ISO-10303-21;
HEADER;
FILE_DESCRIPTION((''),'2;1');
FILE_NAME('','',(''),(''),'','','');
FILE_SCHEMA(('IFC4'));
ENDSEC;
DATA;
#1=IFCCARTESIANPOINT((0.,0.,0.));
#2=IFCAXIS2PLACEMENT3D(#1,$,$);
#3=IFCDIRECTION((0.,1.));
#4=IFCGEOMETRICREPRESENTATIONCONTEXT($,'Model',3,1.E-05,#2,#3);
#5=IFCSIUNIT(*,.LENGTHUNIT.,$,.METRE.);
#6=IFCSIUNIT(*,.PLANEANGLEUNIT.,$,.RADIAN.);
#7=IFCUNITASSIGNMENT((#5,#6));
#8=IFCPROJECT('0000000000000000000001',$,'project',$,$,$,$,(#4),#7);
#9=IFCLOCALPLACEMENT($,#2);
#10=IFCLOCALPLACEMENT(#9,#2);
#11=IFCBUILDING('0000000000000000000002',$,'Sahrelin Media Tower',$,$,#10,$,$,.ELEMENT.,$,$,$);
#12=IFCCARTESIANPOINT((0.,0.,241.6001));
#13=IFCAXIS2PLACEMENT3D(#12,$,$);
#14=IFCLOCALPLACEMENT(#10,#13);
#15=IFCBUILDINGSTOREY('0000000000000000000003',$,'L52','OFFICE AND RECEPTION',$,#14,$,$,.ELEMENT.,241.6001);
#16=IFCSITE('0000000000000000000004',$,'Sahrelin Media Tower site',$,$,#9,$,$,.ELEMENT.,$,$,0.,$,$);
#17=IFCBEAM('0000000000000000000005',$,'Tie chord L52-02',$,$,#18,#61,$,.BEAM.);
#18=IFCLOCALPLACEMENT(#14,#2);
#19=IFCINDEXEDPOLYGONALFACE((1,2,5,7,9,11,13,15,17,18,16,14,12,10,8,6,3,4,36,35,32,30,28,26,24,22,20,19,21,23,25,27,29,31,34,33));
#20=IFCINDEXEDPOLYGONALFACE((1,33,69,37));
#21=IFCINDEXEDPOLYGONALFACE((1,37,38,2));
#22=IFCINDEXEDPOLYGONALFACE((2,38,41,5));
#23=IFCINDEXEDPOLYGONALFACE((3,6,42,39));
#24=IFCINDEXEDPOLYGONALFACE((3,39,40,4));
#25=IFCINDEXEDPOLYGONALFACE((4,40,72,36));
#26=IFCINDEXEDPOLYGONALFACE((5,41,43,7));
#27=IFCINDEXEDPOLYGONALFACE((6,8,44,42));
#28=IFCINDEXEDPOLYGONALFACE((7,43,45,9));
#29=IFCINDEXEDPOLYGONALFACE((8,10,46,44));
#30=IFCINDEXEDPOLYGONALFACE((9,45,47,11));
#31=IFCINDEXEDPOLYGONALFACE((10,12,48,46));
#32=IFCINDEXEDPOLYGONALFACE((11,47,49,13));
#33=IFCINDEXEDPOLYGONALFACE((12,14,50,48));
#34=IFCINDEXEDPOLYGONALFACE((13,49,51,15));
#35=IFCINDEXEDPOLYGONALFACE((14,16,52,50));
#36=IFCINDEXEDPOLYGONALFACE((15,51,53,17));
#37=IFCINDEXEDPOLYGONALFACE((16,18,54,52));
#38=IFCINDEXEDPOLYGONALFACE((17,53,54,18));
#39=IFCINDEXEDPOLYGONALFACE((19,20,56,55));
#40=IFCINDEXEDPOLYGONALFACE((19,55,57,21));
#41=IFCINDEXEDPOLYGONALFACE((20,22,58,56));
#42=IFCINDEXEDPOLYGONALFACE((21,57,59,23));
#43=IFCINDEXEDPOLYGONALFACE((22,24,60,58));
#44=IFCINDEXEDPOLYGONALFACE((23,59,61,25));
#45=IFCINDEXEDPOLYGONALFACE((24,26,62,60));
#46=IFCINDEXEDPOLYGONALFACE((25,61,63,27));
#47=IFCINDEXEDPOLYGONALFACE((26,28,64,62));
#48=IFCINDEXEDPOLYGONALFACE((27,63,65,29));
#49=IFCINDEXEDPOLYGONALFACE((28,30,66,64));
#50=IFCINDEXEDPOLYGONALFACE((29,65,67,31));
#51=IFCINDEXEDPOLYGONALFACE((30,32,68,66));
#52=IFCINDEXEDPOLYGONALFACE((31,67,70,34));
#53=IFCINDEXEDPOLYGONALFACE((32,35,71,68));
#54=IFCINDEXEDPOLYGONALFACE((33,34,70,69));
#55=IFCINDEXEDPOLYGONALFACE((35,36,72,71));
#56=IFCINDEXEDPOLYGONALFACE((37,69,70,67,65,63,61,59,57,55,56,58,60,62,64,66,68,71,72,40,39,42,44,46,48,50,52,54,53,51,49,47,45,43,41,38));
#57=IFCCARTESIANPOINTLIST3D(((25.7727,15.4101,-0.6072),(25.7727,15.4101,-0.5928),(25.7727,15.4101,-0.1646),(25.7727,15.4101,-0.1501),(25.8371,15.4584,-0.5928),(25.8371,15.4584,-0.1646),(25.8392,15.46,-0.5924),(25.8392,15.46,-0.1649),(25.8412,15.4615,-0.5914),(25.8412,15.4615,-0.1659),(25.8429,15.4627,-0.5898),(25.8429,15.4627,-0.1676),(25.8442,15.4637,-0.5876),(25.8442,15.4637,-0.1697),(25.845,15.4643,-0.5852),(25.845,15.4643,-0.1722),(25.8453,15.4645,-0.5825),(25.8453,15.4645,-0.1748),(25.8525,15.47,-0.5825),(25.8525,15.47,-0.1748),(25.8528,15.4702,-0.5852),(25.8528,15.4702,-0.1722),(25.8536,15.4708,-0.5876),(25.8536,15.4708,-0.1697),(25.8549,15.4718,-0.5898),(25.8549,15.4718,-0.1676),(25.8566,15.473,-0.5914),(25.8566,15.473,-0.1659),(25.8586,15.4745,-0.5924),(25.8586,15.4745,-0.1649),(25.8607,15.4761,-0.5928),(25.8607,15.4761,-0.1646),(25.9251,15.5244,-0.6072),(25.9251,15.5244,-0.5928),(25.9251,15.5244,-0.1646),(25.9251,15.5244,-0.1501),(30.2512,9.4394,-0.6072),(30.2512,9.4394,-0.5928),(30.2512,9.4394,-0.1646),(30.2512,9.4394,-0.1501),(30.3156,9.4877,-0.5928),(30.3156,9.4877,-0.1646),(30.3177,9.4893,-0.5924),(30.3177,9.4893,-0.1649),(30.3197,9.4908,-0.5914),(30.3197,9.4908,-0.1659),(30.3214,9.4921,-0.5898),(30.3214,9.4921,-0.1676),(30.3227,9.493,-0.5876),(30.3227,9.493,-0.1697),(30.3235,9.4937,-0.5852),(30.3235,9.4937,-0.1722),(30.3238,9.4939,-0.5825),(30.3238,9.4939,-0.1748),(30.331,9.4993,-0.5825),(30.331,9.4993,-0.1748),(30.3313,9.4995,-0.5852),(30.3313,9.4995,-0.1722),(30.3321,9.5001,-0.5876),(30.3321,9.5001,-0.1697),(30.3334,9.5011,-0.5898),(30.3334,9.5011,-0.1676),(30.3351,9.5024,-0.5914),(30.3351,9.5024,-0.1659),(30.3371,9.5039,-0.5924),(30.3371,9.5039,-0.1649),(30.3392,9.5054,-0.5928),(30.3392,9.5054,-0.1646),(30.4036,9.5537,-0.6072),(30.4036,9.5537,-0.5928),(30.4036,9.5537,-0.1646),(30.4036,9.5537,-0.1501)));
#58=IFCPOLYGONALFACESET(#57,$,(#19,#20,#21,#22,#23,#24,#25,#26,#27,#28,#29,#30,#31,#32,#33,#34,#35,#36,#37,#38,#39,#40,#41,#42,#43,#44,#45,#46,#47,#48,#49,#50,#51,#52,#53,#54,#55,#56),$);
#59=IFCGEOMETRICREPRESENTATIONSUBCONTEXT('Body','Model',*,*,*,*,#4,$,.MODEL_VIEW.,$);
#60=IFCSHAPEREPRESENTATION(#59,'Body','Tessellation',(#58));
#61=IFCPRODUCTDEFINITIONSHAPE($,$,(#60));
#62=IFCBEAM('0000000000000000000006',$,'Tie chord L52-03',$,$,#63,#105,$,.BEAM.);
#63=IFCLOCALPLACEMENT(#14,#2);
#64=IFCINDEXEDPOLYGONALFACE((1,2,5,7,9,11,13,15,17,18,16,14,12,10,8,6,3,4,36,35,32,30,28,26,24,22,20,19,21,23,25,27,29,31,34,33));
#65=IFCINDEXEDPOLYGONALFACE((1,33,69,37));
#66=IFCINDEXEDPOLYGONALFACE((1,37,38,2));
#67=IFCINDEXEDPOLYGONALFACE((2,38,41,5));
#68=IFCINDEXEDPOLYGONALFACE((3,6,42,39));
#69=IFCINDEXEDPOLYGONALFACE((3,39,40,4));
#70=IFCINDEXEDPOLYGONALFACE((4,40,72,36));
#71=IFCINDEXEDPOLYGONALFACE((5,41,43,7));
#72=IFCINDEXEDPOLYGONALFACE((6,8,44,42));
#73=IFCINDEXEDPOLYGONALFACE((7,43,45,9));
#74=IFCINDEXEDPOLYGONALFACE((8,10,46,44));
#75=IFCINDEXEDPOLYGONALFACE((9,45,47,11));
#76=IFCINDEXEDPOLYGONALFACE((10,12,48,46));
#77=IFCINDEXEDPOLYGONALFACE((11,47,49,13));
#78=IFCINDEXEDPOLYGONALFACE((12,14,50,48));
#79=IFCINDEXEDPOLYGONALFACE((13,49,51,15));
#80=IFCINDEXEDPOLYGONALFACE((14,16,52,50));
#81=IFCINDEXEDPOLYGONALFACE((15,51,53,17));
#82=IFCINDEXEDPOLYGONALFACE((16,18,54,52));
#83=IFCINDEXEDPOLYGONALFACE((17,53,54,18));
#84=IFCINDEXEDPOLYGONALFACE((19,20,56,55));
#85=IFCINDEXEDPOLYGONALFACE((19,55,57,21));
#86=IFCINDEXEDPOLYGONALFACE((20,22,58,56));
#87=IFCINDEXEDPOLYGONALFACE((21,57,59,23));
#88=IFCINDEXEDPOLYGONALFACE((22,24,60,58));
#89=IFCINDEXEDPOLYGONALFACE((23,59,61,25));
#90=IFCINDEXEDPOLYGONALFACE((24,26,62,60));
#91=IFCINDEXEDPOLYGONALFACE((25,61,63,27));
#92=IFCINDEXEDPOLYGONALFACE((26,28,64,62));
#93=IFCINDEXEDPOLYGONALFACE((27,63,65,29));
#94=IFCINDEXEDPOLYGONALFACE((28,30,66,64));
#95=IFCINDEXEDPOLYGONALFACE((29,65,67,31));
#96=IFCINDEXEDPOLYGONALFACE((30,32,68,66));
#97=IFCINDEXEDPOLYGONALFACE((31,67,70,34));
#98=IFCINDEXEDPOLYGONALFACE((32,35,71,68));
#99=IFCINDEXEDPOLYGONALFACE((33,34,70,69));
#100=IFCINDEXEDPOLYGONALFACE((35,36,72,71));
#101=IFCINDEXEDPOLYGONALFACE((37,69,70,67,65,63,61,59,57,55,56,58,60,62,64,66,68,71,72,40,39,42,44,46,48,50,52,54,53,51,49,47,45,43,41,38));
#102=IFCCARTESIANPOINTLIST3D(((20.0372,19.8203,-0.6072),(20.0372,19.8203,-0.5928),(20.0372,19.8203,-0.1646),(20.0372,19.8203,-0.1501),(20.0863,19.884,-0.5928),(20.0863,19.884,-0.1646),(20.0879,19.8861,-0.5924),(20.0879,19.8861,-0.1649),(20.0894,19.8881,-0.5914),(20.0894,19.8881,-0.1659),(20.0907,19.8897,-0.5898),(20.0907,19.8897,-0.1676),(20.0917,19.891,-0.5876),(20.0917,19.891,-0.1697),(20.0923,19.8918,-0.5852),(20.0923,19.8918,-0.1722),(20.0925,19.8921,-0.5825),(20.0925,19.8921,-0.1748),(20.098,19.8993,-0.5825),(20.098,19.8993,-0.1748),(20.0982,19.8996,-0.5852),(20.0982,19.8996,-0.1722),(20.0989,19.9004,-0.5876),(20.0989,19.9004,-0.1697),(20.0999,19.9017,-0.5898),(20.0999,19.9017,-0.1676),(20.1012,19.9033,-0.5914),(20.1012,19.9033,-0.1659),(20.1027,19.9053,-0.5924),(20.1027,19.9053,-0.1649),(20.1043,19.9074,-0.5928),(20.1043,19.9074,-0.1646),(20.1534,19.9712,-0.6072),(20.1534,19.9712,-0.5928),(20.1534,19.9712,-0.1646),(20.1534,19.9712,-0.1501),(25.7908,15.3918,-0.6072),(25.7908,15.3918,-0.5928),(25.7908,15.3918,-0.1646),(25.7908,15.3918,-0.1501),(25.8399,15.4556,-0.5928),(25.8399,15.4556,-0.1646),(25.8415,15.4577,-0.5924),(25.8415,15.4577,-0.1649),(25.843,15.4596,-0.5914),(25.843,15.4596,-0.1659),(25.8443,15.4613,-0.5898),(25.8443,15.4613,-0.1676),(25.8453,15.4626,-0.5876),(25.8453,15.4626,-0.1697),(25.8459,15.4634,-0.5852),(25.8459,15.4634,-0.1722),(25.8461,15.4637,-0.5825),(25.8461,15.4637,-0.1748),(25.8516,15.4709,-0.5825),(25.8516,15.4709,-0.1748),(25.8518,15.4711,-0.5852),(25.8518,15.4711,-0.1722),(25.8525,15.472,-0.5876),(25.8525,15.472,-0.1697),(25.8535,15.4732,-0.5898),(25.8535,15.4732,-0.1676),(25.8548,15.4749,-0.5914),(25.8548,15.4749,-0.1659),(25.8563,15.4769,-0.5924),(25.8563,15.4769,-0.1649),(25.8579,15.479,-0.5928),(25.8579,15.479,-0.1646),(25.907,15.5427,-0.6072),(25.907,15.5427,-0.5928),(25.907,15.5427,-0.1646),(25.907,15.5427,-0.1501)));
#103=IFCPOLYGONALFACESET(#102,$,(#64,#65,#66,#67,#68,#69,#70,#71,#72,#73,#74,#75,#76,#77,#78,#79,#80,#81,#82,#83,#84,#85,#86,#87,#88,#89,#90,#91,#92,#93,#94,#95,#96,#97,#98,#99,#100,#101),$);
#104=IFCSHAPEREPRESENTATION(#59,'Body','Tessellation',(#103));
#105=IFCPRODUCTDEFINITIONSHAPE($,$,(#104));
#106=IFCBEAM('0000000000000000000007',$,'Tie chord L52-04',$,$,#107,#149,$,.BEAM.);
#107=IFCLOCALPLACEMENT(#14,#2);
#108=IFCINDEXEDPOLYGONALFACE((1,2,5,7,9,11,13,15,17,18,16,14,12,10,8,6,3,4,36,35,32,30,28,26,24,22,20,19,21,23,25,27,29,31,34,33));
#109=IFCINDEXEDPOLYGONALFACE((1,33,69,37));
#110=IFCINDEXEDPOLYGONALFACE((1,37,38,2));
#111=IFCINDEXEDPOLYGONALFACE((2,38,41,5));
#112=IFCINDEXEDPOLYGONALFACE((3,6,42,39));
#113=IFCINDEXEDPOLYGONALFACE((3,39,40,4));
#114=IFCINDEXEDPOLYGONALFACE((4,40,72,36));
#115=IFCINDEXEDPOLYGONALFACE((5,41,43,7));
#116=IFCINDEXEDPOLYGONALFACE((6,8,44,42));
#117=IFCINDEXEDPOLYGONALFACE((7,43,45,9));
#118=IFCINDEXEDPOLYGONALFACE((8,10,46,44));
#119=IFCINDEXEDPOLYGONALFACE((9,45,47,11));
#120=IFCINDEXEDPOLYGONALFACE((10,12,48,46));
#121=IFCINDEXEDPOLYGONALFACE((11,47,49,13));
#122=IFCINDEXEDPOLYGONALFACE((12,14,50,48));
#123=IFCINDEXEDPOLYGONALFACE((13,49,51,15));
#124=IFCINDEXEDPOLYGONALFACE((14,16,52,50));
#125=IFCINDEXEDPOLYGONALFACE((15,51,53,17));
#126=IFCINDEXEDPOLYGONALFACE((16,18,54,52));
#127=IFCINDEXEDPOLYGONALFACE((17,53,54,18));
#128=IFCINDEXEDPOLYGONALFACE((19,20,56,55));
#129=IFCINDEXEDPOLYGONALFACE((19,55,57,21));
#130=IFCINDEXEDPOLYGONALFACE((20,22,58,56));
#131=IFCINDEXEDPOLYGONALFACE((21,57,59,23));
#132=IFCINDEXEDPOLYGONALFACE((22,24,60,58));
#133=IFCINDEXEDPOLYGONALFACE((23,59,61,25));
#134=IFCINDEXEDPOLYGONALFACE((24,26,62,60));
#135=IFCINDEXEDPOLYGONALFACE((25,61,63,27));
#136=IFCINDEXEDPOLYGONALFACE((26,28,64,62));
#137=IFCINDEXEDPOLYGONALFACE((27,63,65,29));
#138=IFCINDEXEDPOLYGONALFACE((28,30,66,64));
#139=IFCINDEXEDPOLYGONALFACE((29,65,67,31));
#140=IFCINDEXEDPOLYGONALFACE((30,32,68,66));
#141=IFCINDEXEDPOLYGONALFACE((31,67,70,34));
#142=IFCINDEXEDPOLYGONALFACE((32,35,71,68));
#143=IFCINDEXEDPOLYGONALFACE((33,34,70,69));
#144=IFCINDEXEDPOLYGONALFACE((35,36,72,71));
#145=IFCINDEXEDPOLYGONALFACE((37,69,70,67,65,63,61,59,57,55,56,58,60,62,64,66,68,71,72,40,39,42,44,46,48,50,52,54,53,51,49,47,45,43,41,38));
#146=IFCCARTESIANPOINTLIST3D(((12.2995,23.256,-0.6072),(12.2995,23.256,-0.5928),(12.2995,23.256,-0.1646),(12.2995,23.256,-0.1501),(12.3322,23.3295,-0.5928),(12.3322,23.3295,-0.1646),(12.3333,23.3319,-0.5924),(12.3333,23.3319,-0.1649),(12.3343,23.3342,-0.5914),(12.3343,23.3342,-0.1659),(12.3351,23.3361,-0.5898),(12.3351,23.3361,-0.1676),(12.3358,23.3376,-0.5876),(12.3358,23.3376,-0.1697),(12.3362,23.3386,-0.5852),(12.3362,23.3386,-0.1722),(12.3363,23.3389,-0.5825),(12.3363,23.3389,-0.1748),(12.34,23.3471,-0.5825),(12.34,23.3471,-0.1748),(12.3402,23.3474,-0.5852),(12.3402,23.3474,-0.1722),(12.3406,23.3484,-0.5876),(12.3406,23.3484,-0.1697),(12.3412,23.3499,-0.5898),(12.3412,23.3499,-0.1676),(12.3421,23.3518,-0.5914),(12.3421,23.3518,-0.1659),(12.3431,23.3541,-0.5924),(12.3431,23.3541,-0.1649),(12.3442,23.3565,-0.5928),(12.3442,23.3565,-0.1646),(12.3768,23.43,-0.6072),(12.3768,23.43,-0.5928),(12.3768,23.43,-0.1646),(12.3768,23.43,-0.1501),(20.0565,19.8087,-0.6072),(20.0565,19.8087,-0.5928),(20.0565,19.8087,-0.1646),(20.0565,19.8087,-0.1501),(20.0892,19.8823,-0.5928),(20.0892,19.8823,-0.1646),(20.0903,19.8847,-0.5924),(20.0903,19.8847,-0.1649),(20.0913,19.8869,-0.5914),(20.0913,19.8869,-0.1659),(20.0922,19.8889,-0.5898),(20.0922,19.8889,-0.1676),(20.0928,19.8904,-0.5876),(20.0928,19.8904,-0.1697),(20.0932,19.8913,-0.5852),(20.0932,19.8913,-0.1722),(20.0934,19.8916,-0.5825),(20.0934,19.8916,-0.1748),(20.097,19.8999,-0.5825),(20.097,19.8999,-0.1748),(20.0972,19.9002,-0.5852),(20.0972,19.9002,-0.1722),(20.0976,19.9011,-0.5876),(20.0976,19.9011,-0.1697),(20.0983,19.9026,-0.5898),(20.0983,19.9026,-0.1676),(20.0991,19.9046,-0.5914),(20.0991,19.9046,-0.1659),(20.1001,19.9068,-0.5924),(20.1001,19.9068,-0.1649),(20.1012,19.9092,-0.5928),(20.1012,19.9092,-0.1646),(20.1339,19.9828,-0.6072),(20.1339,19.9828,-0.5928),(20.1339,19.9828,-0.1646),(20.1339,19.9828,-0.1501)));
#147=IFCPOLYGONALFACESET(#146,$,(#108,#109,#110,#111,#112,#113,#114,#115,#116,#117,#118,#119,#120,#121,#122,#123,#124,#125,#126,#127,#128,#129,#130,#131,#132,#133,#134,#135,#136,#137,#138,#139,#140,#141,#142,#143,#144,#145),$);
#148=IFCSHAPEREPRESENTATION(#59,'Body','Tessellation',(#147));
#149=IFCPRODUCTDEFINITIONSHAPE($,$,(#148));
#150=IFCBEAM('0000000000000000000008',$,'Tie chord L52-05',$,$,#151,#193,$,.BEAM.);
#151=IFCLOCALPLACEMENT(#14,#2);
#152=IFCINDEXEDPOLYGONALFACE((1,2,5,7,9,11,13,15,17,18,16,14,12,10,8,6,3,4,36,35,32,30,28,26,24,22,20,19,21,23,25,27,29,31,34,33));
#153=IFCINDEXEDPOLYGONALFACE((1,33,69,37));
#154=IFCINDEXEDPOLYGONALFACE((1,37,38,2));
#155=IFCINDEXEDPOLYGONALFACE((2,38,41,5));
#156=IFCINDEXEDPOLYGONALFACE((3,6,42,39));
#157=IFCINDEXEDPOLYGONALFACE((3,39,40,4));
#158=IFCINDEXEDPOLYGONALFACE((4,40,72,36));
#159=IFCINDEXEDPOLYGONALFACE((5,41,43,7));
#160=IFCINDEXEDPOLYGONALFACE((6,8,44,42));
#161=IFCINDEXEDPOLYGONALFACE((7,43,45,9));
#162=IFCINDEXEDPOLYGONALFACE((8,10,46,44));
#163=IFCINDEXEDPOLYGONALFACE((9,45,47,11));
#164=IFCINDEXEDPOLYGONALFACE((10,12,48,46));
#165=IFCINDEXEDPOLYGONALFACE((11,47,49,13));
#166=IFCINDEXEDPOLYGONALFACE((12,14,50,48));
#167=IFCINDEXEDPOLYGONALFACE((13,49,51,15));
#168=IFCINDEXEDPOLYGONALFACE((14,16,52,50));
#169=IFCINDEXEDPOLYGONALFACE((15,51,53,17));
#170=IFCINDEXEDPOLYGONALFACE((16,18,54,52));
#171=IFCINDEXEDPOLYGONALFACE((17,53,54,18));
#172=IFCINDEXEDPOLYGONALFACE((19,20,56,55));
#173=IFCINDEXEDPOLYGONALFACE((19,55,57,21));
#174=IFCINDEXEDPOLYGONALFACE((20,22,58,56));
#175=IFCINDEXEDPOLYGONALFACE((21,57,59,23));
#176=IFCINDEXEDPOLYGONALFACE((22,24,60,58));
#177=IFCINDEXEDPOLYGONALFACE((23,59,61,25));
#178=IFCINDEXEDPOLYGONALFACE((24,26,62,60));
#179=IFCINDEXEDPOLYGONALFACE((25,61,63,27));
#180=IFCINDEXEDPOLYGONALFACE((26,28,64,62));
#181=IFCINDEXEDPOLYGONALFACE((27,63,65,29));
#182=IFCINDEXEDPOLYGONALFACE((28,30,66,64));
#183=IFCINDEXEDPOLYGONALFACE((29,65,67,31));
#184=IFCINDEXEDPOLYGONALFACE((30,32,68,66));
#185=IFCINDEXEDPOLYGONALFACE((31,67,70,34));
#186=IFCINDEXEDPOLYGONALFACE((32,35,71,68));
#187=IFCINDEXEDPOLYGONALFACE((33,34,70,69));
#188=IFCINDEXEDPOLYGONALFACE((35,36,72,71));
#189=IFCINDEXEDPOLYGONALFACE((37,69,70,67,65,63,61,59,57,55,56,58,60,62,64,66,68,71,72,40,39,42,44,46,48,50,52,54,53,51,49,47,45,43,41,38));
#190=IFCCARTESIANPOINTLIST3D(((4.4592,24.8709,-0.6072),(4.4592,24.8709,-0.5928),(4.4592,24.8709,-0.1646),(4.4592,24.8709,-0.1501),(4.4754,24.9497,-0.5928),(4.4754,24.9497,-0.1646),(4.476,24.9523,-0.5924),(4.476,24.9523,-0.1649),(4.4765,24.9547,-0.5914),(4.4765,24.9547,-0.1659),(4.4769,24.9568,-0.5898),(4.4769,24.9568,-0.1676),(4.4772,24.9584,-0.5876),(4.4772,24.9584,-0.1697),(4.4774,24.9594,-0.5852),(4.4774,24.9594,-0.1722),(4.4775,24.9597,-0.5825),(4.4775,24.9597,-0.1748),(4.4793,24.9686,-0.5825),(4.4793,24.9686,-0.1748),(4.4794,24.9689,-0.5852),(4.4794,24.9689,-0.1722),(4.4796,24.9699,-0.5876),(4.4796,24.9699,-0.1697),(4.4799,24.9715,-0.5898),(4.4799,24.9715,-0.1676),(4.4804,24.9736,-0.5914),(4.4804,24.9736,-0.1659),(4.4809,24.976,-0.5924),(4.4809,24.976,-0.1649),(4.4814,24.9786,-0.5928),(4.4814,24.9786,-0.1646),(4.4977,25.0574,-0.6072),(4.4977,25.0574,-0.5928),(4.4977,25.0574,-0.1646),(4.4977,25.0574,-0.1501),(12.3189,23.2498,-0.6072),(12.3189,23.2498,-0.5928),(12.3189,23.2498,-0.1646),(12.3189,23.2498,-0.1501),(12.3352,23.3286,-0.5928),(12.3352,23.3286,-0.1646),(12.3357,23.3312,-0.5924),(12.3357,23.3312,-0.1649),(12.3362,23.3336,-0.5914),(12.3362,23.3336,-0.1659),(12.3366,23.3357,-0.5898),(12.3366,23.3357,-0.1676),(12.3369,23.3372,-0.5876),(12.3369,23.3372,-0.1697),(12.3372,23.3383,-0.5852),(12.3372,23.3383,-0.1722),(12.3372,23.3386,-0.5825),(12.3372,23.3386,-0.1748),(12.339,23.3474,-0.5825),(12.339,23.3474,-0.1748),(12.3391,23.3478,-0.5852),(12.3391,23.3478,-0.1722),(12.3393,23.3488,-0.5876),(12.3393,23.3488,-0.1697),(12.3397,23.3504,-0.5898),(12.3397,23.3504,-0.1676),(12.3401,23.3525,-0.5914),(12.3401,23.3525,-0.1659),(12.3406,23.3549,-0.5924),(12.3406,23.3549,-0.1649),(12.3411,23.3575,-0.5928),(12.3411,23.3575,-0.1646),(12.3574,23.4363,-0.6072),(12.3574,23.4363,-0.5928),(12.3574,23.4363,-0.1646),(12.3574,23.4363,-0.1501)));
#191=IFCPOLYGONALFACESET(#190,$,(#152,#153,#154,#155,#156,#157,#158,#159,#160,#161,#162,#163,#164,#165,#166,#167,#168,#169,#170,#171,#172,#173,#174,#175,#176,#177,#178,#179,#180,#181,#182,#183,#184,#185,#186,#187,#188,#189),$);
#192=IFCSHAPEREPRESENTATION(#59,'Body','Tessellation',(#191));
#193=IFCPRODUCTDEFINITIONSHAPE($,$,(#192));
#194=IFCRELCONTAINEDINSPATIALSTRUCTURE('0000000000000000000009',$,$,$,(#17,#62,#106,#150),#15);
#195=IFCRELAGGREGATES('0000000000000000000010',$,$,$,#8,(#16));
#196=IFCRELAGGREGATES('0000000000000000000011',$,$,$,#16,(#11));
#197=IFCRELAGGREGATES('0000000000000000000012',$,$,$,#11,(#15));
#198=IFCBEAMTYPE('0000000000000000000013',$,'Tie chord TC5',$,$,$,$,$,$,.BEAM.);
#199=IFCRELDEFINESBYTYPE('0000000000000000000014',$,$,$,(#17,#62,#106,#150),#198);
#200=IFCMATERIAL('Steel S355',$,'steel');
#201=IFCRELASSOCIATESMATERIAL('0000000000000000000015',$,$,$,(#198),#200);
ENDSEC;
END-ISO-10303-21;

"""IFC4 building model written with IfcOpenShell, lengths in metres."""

from ifc_helpers import new_model, si_unit, direction, frame, origin, origin_2d, place, context, subcontext, project, spatial, i_section, extrude, material, material_profile, profile_set, type_object, element, save


model = new_model("IFC4")

# Units and contexts
model_context = context("Model", 3, precision=1e-05, world=origin(), true_north=direction((0.0, 1.0)))
body_context = subcontext(model_context, "Body", "Model", "MODEL_VIEW")
ifc_project = project(units=[si_unit("LENGTHUNIT", "METRE"), si_unit("PLANEANGLEUNIT", "RADIAN")], contexts=[model_context])

# Site, building, storey
site_placement = place(None, origin())
site = spatial("IfcSite", under=ifc_project, at=site_placement, Name="Sahrelin Media Tower site", CompositionType="ELEMENT", RefElevation=0.0)
building_placement = place(site_placement, origin())
building = spatial("IfcBuilding", under=site, at=building_placement, Name="Sahrelin Media Tower", CompositionType="ELEMENT")
storey_placement = place(building_placement, frame((0.0, 0.0, 241.6001)))
storey = spatial("IfcBuildingStorey", under=building, at=storey_placement, Name="L52", Description="OFFICE AND RECEPTION", CompositionType="ELEMENT", Elevation=241.6001)

# Shared definitions
ifc_material_1 = material(Name="Steel S355", Category="steel")

# Beams
ifc_material_profile_1 = material_profile(ifc_material_1, i_section(OverallWidth=0.1904, OverallDepth=0.457, WebThickness=0.009, FlangeThickness=0.0144, FilletRadius=0.0103, at=origin_2d()), Name="UB 457x191x74")
ifc_profile_set_1 = profile_set([ifc_material_profile_1], Name="Steel S355")
beam_type_1 = type_object("IfcBeamType", Name="Tie chord TC5", PredefinedType="BEAM", material=ifc_profile_set_1)
beam_1_placement = place(storey_placement, frame((30.3274, 9.4966, -0.3787), z_axis=(-0.600042, 0.799969, 0.0), x_axis=(-0.799969, -0.600042, 0.0)))
element("IfcBeam", 1, at=beam_1_placement, inside=storey, type_object=beam_type_1, Name="Tie chord L52-02", PredefinedType="BEAM", context=body_context, shape_type="SweptSolid", body=[
    extrude(i_section(OverallWidth=0.1904, OverallDepth=0.457, WebThickness=0.009, FlangeThickness=0.0144, FilletRadius=0.0103, at=origin_2d()), origin(), (0.0, 0.0, 1.0), 7.4636),
])
beam_2_placement = place(storey_placement, frame((25.8489, 15.4673, -0.3787), z_axis=(-0.792453, 0.609933, 0.0), x_axis=(-0.609933, -0.792453, 0.0)))
element("IfcBeam", 2, at=beam_2_placement, inside=storey, type_object=beam_type_1, Name="Tie chord L52-03", PredefinedType="BEAM", context=body_context, shape_type="SweptSolid", body=[
    extrude(i_section(OverallWidth=0.1904, OverallDepth=0.457, WebThickness=0.009, FlangeThickness=0.0144, FilletRadius=0.0103, at=origin_2d()), origin(), (0.0, 0.0, 1.0), 7.2605),
])
beam_3_placement = place(storey_placement, frame((20.0952, 19.8958, -0.3787), z_axis=(-0.913826, 0.406106, 0.0), x_axis=(-0.406106, -0.913826, 0.0)))
element("IfcBeam", 3, at=beam_3_placement, inside=storey, type_object=beam_type_1, Name="Tie chord L52-04", PredefinedType="BEAM", context=body_context, shape_type="SweptSolid", body=[
    extrude(i_section(OverallWidth=0.1904, OverallDepth=0.457, WebThickness=0.009, FlangeThickness=0.0144, FilletRadius=0.0103, at=origin_2d()), origin(), (0.0, 0.0, 1.0), 8.4885),
])
beam_4_placement = place(storey_placement, frame((12.3381, 23.343, -0.3787), z_axis=(-0.979385, 0.202004, 0.0), x_axis=(-0.202004, -0.979385, 0.0)))
element("IfcBeam", 4, at=beam_4_placement, inside=storey, type_object=beam_type_1, Name="Tie chord L52-05", PredefinedType="BEAM", context=body_context, shape_type="SweptSolid", body=[
    extrude(i_section(OverallWidth=0.1904, OverallDepth=0.457, WebThickness=0.009, FlangeThickness=0.0144, FilletRadius=0.0103, at=origin_2d()), origin(), (0.0, 0.0, 1.0), 8.0251),
])

save(model, "model.ifc")
